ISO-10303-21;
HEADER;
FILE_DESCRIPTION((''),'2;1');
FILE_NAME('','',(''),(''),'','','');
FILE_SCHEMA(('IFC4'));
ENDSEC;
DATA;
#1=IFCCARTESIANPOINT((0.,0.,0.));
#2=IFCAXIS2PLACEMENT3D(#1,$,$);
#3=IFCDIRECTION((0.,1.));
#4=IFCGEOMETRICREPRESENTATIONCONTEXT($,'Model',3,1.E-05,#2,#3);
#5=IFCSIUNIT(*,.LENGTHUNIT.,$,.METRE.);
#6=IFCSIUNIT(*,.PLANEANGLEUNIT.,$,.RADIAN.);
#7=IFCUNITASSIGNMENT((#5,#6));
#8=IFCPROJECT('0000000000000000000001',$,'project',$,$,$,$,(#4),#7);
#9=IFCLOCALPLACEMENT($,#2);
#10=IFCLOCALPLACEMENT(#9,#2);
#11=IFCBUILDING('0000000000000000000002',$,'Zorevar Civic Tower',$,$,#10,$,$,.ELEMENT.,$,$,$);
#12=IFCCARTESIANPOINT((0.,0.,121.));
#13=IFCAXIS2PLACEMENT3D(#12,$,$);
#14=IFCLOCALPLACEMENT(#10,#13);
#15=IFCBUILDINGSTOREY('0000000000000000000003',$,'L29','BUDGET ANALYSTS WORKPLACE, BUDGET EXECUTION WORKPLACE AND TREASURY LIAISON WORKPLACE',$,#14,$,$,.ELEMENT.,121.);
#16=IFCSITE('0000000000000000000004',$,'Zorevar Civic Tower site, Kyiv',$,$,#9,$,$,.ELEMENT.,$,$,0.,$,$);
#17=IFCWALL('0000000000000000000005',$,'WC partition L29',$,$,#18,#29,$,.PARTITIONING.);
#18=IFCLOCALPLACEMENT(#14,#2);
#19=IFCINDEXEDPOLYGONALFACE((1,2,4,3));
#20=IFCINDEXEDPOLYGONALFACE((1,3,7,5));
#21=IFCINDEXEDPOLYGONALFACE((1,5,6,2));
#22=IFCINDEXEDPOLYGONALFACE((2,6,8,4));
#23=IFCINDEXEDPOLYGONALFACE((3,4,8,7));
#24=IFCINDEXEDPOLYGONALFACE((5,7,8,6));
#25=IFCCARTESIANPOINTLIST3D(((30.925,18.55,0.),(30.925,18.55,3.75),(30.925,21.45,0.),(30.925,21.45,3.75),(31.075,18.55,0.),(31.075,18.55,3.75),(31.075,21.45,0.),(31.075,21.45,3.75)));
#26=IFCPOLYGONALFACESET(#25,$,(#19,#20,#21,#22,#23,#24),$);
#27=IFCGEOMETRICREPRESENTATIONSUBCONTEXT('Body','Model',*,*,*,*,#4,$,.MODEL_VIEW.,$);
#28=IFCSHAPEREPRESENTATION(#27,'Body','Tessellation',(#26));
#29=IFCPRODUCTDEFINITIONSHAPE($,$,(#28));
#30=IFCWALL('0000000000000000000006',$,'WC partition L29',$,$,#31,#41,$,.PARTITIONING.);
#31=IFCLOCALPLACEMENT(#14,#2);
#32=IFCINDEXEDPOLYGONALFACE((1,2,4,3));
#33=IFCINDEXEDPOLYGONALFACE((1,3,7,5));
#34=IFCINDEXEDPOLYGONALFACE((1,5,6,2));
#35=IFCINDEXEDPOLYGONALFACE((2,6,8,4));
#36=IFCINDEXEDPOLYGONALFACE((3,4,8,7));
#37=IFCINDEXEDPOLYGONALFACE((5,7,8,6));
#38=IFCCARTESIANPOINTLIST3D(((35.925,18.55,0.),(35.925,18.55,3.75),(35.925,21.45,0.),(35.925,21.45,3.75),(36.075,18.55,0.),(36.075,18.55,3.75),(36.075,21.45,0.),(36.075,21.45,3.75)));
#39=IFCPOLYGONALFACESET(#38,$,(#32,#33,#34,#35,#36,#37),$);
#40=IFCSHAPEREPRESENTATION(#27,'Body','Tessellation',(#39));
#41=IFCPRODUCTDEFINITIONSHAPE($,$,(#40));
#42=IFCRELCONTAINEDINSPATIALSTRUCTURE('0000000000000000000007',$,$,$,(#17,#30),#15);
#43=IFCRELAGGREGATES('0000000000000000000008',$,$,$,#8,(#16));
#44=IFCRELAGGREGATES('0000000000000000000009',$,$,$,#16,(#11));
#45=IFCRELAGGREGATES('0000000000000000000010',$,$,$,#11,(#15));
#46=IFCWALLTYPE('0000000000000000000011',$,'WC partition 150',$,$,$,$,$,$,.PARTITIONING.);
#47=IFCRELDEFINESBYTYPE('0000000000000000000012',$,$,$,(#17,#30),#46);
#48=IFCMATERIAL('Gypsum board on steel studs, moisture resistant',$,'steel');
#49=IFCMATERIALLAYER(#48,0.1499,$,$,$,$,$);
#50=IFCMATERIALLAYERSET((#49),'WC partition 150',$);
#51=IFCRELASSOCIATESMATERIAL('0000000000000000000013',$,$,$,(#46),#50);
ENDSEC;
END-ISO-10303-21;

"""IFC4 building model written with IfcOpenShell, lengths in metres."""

from ifc_helpers import new_model, si_unit, direction, frame, frame_2d, origin, place, context, subcontext, project, spatial, rectangle, extrude, material, layer, layer_set, type_object, element, save


model = new_model("IFC4")

# Units and contexts
model_context = context("Model", 3, precision=1e-05, world=origin(), true_north=direction((0.0, 1.0)))
body_context = subcontext(model_context, "Body", "Model", "MODEL_VIEW")
ifc_project = project(units=[si_unit("LENGTHUNIT", "METRE"), si_unit("PLANEANGLEUNIT", "RADIAN")], contexts=[model_context])

# Site, building, storey
site_placement = place(None, origin())
site = spatial("IfcSite", under=ifc_project, at=site_placement, Name="Zorevar Civic Tower site, Kyiv", CompositionType="ELEMENT", RefElevation=0.0)
building_placement = place(site_placement, origin())
building = spatial("IfcBuilding", under=site, at=building_placement, Name="Zorevar Civic Tower", CompositionType="ELEMENT")
storey_placement = place(building_placement, frame((0.0, 0.0, 121.0)))
storey = spatial("IfcBuildingStorey", under=building, at=storey_placement, Name="L29", Description="BUDGET ANALYSTS WORKPLACE, BUDGET EXECUTION WORKPLACE AND TREASURY LIAISON WORKPLACE", CompositionType="ELEMENT", Elevation=121.0)

# Walls
ifc_material_1 = material(Name="Gypsum board on steel studs, moisture resistant", Category="steel")
ifc_layer_1 = layer(ifc_material_1, 0.1499)
ifc_layer_set_1 = layer_set([ifc_layer_1], Name="WC partition 150")
wall_type_1 = type_object("IfcWallType", Name="WC partition 150", PredefinedType="PARTITIONING", material=ifc_layer_set_1)
for number, where, z_axis, x_axis, name in (
    (1, (31.0, 18.55, 0.0), (0.0, 0.0, 1.0), (0.0, 1.0, 0.0), "WC partition L29"),
    (2, (36.0, 18.55, 0.0), (0.0, 0.0, 1.0), (0.0, 1.0, 0.0), "WC partition L29"),
):
    element("IfcWall", number, at=place(storey_placement, frame(where, z_axis=z_axis, x_axis=x_axis)), inside=storey, type_object=wall_type_1, Name=name, PredefinedType="PARTITIONING", context=body_context, shape_type="SweptSolid", body=[
        extrude(rectangle(XDim=2.8999, YDim=0.1499, at=frame_2d((1.45, 0.0))), origin(), (0.0, 0.0, 1.0), 3.75),
    ])

save(model, "model.ifc")
